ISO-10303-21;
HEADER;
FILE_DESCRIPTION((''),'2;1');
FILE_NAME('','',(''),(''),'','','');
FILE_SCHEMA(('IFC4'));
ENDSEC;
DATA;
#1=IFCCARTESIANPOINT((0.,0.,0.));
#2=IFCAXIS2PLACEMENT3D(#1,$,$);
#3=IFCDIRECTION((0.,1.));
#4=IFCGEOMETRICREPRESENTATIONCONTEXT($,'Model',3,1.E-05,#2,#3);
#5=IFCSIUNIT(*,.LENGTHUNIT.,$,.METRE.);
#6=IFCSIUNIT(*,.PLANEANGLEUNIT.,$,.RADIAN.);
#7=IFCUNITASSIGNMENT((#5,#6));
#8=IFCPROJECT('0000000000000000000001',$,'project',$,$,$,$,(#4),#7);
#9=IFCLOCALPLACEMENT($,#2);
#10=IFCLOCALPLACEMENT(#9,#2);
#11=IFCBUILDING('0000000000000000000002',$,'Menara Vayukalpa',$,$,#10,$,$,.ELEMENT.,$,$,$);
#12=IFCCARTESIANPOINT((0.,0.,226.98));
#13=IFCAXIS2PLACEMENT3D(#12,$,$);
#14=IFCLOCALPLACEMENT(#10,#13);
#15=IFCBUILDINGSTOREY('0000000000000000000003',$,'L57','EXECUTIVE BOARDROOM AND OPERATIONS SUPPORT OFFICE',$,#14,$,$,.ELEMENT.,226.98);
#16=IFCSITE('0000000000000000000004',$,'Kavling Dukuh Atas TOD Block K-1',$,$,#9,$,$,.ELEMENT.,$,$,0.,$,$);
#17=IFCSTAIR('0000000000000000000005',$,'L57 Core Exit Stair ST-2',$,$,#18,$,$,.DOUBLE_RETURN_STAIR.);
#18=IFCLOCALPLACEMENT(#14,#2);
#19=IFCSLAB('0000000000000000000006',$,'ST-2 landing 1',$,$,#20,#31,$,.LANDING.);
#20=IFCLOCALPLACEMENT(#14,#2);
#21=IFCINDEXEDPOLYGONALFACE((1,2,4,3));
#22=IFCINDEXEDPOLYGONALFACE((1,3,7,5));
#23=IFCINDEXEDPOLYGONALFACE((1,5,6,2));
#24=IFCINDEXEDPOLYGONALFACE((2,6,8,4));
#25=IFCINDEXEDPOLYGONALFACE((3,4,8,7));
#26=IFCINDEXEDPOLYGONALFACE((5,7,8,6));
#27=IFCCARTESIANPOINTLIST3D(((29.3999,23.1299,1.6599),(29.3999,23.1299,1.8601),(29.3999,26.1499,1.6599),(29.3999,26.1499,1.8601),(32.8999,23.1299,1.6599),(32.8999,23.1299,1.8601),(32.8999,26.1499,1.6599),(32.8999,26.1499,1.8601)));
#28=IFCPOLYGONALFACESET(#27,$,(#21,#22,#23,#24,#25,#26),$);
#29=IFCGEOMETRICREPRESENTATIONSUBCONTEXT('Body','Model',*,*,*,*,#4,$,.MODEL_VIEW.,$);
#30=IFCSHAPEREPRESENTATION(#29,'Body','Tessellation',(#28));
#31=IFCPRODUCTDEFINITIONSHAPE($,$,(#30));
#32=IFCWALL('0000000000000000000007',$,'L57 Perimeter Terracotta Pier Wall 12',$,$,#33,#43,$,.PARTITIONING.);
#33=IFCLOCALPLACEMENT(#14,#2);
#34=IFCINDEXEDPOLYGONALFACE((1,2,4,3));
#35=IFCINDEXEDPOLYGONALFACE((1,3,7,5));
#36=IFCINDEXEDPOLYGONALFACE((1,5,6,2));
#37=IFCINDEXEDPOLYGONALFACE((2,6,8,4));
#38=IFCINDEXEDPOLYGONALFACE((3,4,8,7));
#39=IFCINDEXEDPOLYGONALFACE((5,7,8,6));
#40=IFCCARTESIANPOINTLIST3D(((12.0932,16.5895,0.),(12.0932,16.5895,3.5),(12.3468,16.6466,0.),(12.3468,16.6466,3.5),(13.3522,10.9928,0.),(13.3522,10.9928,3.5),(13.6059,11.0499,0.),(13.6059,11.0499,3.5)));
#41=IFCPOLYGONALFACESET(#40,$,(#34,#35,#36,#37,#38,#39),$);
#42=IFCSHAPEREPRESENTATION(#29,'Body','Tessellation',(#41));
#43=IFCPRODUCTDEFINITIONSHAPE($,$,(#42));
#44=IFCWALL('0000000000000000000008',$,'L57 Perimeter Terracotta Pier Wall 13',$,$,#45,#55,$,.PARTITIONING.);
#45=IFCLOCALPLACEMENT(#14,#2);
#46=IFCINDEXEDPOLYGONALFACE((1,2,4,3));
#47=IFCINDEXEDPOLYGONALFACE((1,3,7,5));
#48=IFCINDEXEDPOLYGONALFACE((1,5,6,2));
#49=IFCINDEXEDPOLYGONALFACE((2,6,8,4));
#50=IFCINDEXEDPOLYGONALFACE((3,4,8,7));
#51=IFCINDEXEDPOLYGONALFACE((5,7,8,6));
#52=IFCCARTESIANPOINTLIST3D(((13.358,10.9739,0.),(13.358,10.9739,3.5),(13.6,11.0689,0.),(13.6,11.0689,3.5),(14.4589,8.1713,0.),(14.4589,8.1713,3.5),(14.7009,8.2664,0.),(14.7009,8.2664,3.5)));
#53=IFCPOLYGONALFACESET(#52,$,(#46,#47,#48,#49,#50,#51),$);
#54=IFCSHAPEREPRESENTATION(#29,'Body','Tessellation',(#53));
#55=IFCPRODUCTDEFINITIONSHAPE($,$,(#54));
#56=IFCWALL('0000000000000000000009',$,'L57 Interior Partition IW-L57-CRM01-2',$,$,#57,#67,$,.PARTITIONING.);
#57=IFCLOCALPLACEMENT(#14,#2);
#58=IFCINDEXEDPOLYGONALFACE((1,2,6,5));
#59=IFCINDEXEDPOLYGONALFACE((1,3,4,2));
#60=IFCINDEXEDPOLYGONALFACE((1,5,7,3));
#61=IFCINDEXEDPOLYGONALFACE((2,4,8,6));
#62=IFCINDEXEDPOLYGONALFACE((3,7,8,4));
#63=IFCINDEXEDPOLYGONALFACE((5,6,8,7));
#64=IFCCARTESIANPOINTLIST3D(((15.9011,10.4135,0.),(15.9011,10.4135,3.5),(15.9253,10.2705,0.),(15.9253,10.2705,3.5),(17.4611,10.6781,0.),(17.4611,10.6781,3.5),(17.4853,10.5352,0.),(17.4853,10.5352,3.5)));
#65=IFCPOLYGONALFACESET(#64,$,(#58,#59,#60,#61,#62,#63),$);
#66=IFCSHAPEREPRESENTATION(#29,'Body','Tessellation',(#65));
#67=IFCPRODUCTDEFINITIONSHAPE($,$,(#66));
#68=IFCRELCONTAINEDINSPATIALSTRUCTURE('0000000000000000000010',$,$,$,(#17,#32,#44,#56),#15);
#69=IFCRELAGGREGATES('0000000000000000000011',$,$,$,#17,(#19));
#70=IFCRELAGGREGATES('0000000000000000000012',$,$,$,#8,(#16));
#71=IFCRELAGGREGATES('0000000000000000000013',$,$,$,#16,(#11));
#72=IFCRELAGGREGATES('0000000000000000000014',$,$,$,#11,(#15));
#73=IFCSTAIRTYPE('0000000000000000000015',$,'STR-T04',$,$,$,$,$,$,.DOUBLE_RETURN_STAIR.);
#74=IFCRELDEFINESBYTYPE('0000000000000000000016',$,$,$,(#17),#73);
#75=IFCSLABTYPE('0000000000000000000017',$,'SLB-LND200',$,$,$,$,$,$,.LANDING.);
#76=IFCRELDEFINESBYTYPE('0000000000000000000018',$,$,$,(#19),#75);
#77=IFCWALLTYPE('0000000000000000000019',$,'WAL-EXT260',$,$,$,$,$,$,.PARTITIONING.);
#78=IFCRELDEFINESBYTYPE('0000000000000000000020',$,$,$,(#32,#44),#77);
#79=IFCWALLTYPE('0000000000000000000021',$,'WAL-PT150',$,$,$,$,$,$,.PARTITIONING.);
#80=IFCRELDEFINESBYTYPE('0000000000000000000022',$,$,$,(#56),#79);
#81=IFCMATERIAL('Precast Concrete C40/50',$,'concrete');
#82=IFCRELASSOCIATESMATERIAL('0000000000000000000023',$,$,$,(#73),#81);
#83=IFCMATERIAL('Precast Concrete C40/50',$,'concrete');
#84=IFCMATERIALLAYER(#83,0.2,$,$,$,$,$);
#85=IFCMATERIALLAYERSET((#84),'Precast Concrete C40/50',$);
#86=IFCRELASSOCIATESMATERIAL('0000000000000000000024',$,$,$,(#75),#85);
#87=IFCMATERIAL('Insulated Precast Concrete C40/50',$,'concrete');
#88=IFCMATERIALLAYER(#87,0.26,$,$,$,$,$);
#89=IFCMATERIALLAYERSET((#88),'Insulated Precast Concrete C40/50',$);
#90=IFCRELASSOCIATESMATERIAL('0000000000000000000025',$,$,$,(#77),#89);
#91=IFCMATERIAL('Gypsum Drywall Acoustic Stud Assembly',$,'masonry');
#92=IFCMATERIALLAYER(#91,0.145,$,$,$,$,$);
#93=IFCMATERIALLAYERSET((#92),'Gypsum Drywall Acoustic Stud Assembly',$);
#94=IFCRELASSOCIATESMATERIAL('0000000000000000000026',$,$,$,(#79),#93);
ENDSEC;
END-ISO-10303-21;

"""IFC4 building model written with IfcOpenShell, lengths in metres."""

from ifc_helpers import new_model, si_unit, direction, frame, frame_2d, origin, place, context, subcontext, project, spatial, polyline, rectangle, outline, extrude, material, layer, layer_set, type_object, element, aggregate, save


model = new_model("IFC4")

# Units and contexts
model_context = context("Model", 3, precision=1e-05, world=origin(), true_north=direction((0.0, 1.0)))
body_context = subcontext(model_context, "Body", "Model", "MODEL_VIEW")
ifc_project = project(units=[si_unit("LENGTHUNIT", "METRE"), si_unit("PLANEANGLEUNIT", "RADIAN")], contexts=[model_context])

# Site, building, storey
site_placement = place(None, origin())
site = spatial("IfcSite", under=ifc_project, at=site_placement, Name="Kavling Dukuh Atas TOD Block K-1", CompositionType="ELEMENT", RefElevation=0.0)
building_placement = place(site_placement, origin())
building = spatial("IfcBuilding", under=site, at=building_placement, Name="Menara Vayukalpa", CompositionType="ELEMENT")
storey_placement = place(building_placement, frame((0.0, 0.0, 226.98)))
storey = spatial("IfcBuildingStorey", under=building, at=storey_placement, Name="L57", Description="EXECUTIVE BOARDROOM AND OPERATIONS SUPPORT OFFICE", CompositionType="ELEMENT", Elevation=226.98)

# Stair, slab
ifc_material_1 = material(Name="Precast Concrete C40/50", Category="concrete")
stair_type = type_object("IfcStairType", Name="STR-T04", PredefinedType="DOUBLE_RETURN_STAIR", material=ifc_material_1)
ifc_material_2 = material(Name="Precast Concrete C40/50", Category="concrete")
ifc_layer_1 = layer(ifc_material_2, 0.2)
ifc_layer_set_1 = layer_set([ifc_layer_1], Name="Precast Concrete C40/50")
slab_type_1 = type_object("IfcSlabType", Name="SLB-LND200", PredefinedType="LANDING", material=ifc_layer_set_1)
stair_1_placement = place(storey_placement, origin())
stair_1 = element("IfcStair", 1, at=stair_1_placement, inside=storey, type_object=stair_type, Name="L57 Core Exit Stair ST-2", PredefinedType="DOUBLE_RETURN_STAIR")
slab_1_placement = place(storey_placement, frame((0.0, 0.0, 1.6599)))
slab_1 = element("IfcSlab", 2, at=slab_1_placement, type_object=slab_type_1, Name="ST-2 landing 1", PredefinedType="LANDING", context=body_context, shape_type="SweptSolid", body=[
    extrude(outline(polyline([(32.8999, 23.1299), (32.8999, 26.1499), (29.3999, 26.1499), (29.3999, 23.1299), (32.8999, 23.1299)])), origin(), (0.0, 0.0, 1.0), 0.2002),
])
aggregate(stair_1, [slab_1])

# Walls
ifc_material_3 = material(Name="Insulated Precast Concrete C40/50", Category="concrete")
ifc_layer_2 = layer(ifc_material_3, 0.26)
ifc_layer_set_2 = layer_set([ifc_layer_2], Name="Insulated Precast Concrete C40/50")
wall_type_1 = type_object("IfcWallType", Name="WAL-EXT260", PredefinedType="PARTITIONING", material=ifc_layer_set_2)
wall_1_placement = place(storey_placement, frame((13.479, 11.0215, 0.0), z_axis=(0.0, 0.0, 1.0), x_axis=(-0.219476, 0.975618, 0.0)))
element("IfcWall", 3, at=wall_1_placement, inside=storey, type_object=wall_type_1, Name="L57 Perimeter Terracotta Pier Wall 12", PredefinedType="PARTITIONING", context=body_context, shape_type="SweptSolid", body=[
    extrude(rectangle(XDim=5.7366, YDim=0.26, at=frame_2d((2.8682, 0.0))), origin(), (0.0, 0.0, 1.0), 3.5),
])
wall_2_placement = place(storey_placement, frame((14.5798, 8.219, 0.0), z_axis=(0.0, 0.0, 1.0), x_axis=(-0.36561, 0.930768, 0.0)))
element("IfcWall", 4, at=wall_2_placement, inside=storey, type_object=wall_type_1, Name="L57 Perimeter Terracotta Pier Wall 13", PredefinedType="PARTITIONING", context=body_context, shape_type="SweptSolid", body=[
    extrude(rectangle(XDim=3.011, YDim=0.26, at=frame_2d((1.5054, 0.0))), origin(), (0.0, 0.0, 1.0), 3.5),
])
ifc_material_4 = material(Name="Gypsum Drywall Acoustic Stud Assembly", Category="masonry")
ifc_layer_3 = layer(ifc_material_4, 0.145)
ifc_layer_set_3 = layer_set([ifc_layer_3], Name="Gypsum Drywall Acoustic Stud Assembly")
wall_type_2 = type_object("IfcWallType", Name="WAL-PT150", PredefinedType="PARTITIONING", material=ifc_layer_set_3)
wall_3_placement = place(storey_placement, frame((15.9133, 10.342, 0.0), z_axis=(0.0, 0.0, 1.0), x_axis=(0.985914, 0.167251, 0.0)))
element("IfcWall", 5, at=wall_3_placement, inside=storey, type_object=wall_type_2, Name="L57 Interior Partition IW-L57-CRM01-2", PredefinedType="PARTITIONING", context=body_context, shape_type="SweptSolid", body=[
    extrude(rectangle(XDim=1.5823, YDim=0.145, at=frame_2d((0.791, 0.0))), origin(), (0.0, 0.0, 1.0), 3.5),
])

save(model, "model.ifc")
